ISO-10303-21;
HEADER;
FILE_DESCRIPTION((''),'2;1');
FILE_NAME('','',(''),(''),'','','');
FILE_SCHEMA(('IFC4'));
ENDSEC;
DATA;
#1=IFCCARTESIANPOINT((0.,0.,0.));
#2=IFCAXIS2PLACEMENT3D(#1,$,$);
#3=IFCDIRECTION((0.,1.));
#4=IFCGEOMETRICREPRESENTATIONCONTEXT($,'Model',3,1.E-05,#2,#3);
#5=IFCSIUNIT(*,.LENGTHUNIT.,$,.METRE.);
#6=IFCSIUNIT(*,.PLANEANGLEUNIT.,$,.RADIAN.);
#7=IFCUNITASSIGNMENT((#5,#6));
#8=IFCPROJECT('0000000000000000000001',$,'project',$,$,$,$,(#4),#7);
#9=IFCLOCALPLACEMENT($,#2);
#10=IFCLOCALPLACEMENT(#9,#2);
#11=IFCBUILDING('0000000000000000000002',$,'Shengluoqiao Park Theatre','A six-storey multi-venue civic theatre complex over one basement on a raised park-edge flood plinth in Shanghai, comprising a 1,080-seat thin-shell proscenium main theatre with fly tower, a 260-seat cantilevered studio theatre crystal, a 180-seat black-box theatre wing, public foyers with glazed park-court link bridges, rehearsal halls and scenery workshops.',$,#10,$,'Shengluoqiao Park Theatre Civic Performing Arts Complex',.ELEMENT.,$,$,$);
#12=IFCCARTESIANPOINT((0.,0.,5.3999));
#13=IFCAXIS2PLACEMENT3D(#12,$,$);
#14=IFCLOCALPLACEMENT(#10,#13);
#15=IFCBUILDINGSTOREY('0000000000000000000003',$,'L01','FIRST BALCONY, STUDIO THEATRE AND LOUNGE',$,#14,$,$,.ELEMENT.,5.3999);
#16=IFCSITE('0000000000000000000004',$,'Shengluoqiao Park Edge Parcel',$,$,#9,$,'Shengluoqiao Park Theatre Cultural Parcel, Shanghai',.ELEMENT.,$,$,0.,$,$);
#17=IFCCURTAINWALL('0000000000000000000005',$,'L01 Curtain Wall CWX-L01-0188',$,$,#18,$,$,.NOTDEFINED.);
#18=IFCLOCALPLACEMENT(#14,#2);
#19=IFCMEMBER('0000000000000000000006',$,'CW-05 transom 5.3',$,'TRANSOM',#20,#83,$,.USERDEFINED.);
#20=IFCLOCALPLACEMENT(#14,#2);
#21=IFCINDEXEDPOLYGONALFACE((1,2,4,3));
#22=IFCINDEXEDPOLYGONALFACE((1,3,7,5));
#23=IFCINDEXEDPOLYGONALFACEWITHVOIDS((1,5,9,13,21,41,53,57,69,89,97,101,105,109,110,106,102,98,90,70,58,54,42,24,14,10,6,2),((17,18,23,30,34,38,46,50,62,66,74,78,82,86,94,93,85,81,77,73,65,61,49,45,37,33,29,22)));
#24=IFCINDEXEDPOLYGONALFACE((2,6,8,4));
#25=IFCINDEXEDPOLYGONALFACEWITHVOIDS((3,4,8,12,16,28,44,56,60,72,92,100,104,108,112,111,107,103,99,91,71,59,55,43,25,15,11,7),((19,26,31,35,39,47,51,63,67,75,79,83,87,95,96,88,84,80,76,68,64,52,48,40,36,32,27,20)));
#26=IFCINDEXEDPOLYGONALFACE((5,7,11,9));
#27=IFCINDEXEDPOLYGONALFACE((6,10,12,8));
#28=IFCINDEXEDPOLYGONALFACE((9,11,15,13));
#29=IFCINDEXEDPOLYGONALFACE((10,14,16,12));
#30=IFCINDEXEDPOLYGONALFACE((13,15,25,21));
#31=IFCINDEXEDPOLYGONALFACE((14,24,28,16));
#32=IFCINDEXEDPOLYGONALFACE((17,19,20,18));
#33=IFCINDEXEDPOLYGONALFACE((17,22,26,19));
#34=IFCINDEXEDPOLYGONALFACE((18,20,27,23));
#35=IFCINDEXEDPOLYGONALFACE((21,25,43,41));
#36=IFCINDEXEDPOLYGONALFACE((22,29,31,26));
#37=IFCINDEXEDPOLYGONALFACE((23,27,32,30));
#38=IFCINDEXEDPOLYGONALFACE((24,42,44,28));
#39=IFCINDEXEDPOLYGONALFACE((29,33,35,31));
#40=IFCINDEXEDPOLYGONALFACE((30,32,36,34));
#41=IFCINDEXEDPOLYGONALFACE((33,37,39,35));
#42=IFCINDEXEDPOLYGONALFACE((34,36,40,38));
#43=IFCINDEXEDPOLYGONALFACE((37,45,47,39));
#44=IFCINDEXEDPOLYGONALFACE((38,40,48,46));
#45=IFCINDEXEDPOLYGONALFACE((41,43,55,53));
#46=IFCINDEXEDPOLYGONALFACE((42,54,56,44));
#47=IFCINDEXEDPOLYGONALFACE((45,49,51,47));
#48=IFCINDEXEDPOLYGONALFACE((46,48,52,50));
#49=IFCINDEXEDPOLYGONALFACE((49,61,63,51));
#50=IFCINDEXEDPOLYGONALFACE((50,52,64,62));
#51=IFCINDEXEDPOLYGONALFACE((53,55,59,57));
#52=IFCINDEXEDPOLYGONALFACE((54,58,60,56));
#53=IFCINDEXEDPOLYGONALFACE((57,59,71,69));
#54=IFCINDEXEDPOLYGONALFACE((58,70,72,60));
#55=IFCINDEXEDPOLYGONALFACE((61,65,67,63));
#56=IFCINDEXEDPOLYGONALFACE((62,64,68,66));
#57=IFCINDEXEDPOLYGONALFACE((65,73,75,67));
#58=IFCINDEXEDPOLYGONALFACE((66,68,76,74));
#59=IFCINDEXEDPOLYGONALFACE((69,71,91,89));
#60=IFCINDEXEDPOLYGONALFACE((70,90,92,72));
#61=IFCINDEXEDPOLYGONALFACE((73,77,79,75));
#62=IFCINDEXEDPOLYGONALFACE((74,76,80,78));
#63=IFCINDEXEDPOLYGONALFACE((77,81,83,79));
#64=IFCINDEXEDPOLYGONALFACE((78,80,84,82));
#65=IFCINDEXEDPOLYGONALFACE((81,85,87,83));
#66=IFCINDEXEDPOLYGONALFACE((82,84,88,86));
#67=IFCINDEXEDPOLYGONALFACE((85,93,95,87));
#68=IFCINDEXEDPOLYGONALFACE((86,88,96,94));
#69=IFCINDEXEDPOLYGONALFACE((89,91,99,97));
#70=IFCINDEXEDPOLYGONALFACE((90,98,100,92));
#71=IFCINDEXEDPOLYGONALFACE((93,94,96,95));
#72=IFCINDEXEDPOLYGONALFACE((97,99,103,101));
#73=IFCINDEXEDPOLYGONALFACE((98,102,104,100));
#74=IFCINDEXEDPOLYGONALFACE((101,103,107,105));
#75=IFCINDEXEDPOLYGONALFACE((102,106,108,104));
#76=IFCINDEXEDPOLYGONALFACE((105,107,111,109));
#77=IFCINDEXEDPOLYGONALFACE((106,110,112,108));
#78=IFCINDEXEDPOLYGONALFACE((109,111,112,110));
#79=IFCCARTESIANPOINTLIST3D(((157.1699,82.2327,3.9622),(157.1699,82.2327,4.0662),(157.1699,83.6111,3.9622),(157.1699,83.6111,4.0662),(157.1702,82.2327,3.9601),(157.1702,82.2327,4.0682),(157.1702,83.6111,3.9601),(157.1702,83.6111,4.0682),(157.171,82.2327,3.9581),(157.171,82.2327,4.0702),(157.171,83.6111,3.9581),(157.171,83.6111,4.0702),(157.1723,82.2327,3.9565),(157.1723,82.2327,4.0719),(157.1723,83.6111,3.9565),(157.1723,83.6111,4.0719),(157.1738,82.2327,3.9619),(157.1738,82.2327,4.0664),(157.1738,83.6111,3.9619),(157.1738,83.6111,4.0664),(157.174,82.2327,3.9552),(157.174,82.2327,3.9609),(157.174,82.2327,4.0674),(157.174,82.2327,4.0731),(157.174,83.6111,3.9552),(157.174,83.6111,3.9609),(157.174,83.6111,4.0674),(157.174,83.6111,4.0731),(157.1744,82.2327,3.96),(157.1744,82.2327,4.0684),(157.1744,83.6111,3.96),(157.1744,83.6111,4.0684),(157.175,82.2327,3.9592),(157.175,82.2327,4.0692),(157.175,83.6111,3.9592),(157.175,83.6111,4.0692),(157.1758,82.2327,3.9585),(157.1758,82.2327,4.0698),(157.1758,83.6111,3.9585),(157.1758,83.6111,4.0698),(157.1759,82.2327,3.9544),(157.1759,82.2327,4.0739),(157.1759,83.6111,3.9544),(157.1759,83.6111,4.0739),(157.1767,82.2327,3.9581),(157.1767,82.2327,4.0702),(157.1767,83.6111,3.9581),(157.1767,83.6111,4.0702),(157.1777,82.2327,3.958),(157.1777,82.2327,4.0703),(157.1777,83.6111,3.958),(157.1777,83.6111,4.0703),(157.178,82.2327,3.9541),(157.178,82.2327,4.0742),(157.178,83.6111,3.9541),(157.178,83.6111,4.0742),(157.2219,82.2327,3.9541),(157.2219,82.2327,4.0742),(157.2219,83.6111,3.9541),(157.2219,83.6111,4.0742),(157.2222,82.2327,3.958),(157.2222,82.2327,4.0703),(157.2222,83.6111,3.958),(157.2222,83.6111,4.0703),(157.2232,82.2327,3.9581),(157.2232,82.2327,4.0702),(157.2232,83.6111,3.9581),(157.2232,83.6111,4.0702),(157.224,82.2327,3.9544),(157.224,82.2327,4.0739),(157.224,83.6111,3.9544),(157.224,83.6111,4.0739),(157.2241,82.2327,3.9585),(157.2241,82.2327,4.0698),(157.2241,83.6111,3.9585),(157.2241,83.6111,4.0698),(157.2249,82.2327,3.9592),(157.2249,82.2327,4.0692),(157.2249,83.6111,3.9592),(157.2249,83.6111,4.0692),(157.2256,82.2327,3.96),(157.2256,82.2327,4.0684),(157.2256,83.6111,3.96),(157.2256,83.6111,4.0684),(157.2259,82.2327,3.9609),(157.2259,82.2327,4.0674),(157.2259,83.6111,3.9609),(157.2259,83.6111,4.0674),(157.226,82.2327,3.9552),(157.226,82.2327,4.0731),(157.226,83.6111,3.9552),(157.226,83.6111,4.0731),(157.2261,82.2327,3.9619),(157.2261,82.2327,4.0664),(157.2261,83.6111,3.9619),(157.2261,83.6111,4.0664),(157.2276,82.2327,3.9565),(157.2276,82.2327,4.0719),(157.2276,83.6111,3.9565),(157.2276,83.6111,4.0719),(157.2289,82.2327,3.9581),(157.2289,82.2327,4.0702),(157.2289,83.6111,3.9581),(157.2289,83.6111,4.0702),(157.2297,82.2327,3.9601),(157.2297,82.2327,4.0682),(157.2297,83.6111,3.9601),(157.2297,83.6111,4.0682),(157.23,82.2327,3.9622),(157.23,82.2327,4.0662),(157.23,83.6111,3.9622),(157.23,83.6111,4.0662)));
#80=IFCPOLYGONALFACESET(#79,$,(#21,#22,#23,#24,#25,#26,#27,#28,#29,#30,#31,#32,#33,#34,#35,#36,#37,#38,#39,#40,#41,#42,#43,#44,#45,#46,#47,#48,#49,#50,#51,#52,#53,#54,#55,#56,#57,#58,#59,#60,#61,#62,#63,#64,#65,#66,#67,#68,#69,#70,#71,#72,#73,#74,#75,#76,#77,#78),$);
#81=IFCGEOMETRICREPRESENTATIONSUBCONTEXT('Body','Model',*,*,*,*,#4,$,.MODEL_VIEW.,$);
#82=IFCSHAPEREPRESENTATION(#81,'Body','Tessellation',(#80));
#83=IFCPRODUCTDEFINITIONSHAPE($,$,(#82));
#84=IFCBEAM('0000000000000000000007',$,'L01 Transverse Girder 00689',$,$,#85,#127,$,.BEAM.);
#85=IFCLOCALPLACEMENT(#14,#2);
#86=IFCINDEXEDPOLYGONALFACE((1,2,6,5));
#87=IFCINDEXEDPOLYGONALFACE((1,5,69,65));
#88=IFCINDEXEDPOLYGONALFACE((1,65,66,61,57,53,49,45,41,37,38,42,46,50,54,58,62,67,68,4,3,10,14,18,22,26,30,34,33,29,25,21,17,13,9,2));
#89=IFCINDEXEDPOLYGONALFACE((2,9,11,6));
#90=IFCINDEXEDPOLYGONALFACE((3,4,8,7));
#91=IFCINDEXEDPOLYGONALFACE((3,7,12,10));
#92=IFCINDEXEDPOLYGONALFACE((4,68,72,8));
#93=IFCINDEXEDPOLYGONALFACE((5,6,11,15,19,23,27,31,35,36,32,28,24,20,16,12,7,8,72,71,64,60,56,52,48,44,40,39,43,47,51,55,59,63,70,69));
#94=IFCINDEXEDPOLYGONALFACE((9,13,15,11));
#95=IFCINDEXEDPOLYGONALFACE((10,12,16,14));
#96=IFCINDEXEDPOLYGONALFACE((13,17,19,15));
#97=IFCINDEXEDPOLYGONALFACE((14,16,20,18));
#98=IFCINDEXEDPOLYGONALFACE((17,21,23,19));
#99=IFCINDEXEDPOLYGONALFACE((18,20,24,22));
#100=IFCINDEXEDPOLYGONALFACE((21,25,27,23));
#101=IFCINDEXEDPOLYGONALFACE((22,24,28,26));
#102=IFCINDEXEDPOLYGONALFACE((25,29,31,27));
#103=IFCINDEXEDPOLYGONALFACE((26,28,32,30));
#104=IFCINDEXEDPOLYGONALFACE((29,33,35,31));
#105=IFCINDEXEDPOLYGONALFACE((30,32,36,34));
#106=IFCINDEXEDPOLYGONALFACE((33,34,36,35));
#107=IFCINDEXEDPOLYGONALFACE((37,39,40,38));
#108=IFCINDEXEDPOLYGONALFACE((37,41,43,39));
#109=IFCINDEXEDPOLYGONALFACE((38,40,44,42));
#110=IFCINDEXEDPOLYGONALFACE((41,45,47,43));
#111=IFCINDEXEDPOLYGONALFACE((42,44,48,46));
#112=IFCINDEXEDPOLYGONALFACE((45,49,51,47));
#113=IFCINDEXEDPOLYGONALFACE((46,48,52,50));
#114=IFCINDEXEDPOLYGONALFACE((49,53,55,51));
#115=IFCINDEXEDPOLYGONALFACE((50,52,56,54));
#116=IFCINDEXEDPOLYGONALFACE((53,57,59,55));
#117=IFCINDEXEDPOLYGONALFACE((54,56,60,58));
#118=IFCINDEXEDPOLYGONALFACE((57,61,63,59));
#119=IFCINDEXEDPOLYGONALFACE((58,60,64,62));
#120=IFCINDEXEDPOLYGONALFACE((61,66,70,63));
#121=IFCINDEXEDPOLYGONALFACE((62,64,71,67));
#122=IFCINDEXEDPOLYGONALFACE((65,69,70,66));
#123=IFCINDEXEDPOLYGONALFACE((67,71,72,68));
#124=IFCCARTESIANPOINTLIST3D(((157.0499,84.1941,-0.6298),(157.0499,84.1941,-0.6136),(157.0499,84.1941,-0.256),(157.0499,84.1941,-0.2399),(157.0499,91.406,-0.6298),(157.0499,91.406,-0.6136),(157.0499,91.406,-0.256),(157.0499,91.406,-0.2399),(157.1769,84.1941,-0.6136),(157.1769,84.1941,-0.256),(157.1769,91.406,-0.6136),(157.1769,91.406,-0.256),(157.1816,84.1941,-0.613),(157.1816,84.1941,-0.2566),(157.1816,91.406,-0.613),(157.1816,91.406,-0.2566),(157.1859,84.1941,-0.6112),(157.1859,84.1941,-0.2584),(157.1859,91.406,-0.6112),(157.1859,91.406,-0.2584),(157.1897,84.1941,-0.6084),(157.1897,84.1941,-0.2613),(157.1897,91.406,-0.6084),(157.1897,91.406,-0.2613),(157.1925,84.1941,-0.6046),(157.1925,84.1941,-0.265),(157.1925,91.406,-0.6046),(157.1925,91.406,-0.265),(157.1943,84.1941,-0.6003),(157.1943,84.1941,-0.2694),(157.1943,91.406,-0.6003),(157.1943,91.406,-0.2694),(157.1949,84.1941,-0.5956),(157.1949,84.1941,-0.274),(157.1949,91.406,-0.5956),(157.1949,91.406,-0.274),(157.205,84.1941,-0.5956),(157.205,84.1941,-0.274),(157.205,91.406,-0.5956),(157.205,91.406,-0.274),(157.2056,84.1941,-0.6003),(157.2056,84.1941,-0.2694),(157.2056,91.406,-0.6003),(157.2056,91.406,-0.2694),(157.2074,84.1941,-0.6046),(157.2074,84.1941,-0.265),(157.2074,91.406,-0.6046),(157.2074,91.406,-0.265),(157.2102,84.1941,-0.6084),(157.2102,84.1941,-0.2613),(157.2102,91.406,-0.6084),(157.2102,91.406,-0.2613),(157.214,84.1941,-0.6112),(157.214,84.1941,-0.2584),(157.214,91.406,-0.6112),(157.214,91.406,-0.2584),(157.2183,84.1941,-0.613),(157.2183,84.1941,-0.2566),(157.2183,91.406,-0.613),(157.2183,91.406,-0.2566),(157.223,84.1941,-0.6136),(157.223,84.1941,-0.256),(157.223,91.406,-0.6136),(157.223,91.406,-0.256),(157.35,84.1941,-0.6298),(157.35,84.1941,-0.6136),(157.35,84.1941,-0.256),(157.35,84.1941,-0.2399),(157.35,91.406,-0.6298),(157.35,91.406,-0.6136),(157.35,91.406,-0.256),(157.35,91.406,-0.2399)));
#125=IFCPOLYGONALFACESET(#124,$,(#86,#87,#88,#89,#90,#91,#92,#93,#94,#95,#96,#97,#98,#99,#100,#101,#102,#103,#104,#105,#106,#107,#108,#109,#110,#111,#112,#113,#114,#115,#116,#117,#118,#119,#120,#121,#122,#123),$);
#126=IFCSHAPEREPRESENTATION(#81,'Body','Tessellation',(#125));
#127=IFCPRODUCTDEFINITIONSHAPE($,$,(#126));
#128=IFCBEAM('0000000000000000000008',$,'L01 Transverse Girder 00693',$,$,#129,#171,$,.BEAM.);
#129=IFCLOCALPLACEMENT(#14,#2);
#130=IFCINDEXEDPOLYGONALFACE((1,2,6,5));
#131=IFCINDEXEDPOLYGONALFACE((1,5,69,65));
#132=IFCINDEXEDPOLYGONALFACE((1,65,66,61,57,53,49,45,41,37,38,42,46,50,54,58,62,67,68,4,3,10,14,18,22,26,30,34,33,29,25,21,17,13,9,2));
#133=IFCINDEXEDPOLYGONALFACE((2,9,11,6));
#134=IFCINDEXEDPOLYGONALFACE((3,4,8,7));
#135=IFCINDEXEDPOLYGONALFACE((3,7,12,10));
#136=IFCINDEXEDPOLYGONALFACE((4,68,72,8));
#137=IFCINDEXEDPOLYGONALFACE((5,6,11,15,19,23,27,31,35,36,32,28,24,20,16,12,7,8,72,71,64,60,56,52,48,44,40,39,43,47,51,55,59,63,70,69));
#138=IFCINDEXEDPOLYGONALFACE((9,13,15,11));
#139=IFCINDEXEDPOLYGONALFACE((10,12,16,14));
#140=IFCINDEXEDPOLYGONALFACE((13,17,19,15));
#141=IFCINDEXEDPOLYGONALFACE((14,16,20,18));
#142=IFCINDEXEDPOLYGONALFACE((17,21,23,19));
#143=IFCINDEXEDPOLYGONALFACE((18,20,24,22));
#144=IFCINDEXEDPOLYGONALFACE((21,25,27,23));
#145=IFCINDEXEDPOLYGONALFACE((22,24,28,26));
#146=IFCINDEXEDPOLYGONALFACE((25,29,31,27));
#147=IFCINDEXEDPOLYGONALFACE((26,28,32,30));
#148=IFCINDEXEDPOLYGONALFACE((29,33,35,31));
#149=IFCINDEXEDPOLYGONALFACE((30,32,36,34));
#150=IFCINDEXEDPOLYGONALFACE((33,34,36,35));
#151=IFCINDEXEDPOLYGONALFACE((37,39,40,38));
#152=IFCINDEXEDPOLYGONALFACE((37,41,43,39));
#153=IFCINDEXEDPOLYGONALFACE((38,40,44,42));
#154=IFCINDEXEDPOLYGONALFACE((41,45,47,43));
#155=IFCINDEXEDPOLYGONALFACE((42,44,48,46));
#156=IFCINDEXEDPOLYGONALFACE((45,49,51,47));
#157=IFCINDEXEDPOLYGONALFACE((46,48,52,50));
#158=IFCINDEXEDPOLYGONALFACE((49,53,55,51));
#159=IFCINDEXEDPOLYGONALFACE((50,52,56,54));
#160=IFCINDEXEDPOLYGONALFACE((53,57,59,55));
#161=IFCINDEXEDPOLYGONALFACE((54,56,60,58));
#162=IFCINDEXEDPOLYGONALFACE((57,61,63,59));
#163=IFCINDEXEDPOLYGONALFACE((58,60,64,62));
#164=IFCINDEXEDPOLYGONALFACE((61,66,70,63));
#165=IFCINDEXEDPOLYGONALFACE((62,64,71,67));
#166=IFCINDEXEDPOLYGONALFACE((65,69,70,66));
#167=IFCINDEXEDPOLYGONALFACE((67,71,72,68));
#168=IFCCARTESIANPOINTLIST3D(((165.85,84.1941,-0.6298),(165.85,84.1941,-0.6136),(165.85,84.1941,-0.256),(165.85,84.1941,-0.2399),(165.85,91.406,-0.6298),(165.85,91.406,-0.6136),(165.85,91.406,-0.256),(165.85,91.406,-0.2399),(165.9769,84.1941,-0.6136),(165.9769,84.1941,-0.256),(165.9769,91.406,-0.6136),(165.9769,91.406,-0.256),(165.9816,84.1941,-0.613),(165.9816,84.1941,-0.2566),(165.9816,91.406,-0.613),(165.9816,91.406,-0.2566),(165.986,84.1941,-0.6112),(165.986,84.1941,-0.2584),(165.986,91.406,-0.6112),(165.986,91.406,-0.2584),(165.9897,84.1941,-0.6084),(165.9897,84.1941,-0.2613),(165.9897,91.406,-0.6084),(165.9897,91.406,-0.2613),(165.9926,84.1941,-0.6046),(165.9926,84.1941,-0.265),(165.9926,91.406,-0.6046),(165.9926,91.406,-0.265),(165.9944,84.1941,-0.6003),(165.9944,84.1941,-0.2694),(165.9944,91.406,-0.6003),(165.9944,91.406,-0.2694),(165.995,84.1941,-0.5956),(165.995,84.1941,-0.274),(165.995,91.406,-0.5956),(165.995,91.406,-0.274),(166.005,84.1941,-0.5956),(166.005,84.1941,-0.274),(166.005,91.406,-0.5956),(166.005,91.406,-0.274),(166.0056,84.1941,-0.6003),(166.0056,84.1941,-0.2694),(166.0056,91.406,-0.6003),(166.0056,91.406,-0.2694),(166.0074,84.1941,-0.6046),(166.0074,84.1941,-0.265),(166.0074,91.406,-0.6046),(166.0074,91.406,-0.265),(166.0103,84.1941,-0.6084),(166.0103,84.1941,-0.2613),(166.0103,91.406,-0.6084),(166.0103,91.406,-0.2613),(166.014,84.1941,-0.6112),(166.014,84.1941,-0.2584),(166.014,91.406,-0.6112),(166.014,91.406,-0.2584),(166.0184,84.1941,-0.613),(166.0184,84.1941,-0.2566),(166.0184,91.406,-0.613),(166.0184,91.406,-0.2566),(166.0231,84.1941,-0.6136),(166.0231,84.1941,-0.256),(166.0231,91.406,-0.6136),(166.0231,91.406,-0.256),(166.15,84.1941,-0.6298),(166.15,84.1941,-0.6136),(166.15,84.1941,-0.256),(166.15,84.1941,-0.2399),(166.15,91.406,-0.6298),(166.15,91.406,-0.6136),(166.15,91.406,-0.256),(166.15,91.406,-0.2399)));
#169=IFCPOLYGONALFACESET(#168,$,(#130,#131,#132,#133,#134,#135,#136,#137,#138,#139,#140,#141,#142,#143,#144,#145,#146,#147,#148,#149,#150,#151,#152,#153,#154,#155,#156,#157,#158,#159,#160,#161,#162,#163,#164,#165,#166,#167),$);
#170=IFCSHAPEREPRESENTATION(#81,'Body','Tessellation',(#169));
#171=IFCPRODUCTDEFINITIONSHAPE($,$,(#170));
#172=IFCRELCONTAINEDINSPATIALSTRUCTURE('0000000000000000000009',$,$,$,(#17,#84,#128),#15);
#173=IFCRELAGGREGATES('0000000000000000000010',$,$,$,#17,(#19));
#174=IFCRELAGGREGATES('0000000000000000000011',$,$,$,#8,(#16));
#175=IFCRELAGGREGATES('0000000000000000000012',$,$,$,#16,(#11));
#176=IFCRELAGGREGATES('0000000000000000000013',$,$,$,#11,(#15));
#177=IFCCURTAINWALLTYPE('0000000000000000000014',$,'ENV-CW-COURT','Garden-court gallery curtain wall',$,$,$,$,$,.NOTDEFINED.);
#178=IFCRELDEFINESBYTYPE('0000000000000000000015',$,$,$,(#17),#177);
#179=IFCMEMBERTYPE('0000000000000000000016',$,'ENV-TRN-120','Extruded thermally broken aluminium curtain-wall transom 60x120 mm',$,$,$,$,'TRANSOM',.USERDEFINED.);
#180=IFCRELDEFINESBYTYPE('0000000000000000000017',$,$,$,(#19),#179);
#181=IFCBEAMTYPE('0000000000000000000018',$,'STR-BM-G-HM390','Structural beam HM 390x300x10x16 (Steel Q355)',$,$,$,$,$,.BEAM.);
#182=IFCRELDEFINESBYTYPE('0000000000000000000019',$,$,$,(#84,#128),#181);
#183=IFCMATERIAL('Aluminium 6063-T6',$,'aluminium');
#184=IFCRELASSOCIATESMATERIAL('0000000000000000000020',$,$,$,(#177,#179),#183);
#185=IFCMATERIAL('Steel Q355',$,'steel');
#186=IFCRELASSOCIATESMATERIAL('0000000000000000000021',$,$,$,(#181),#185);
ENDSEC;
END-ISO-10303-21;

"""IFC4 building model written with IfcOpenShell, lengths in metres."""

from ifc_helpers import new_model, si_unit, direction, frame, origin, origin_2d, place, context, subcontext, project, spatial, hollow_rectangle, i_section, extrude, material, material_profile, profile_set, type_object, element, aggregate, save


model = new_model("IFC4")

# Units and contexts
model_context = context("Model", 3, precision=1e-05, world=origin(), true_north=direction((0.0, 1.0)))
body_context = subcontext(model_context, "Body", "Model", "MODEL_VIEW")
ifc_project = project(units=[si_unit("LENGTHUNIT", "METRE"), si_unit("PLANEANGLEUNIT", "RADIAN")], contexts=[model_context])

# Site, building, storey
site_placement = place(None, origin())
site = spatial("IfcSite", under=ifc_project, at=site_placement, Name="Shengluoqiao Park Edge Parcel", LongName="Shengluoqiao Park Theatre Cultural Parcel, Shanghai", CompositionType="ELEMENT", RefElevation=0.0)
building_placement = place(site_placement, origin())
building = spatial("IfcBuilding", under=site, at=building_placement, Name="Shengluoqiao Park Theatre", Description="A six-storey multi-venue civic theatre complex over one basement on a raised park-edge flood plinth in Shanghai, comprising a 1,080-seat thin-shell proscenium main theatre with fly tower, a 260-seat cantilevered studio theatre crystal, a 180-seat black-box theatre wing, public foyers with glazed park-court link bridges, rehearsal halls and scenery workshops.", LongName="Shengluoqiao Park Theatre Civic Performing Arts Complex", CompositionType="ELEMENT")
storey_placement = place(building_placement, frame((0.0, 0.0, 5.3999)))
storey = spatial("IfcBuildingStorey", under=building, at=storey_placement, Name="L01", Description="FIRST BALCONY, STUDIO THEATRE AND LOUNGE", CompositionType="ELEMENT", Elevation=5.3999)

# Curtain wall, member
ifc_material_1 = material(Name="Aluminium 6063-T6", Category="aluminium")
curtain_wall_type = type_object("IfcCurtainWallType", Name="ENV-CW-COURT", Description="Garden-court gallery curtain wall", PredefinedType="NOTDEFINED", material=ifc_material_1)
curtain_wall_placement = place(storey_placement, origin())
curtain_wall = element("IfcCurtainWall", 1, at=curtain_wall_placement, inside=storey, type_object=curtain_wall_type, Name="L01 Curtain Wall CWX-L01-0188", PredefinedType="NOTDEFINED")
ifc_material_profile_1 = material_profile(ifc_material_1, hollow_rectangle(XDim=0.0601, YDim=0.1201, WallThickness=0.0039, InnerFilletRadius=0.0039, OuterFilletRadius=0.0081, at=origin_2d()), Name="ALU TRANSOM 120x60x4")
ifc_profile_set_1 = profile_set([ifc_material_profile_1], Name="Aluminium 6063-T6")
member_type_1 = type_object("IfcMemberType", Name="ENV-TRN-120", Description="Extruded thermally broken aluminium curtain-wall transom 60x120 mm", ElementType="TRANSOM", PredefinedType="USERDEFINED", material=ifc_profile_set_1)
member_1_placement = place(storey_placement, frame((157.2, 82.2327, 4.0142), z_axis=(0.0, 1.0, 0.0), x_axis=(-1.0, 0.0, 0.0)))
member_1 = element("IfcMember", 2, at=member_1_placement, type_object=member_type_1, Name="CW-05 transom 5.3", ObjectType="TRANSOM", PredefinedType="USERDEFINED", context=body_context, shape_type="SweptSolid", body=[
    extrude(hollow_rectangle(XDim=0.0601, YDim=0.1201, WallThickness=0.0039, InnerFilletRadius=0.0039, OuterFilletRadius=0.0081, at=origin_2d()), origin(), (0.0, 0.0, 1.0), 1.3784),
])

# Beams
ifc_material_2 = material(Name="Steel Q355", Category="steel")
ifc_material_profile_2 = material_profile(ifc_material_2, i_section(OverallWidth=0.3, OverallDepth=0.3899, WebThickness=0.01, FlangeThickness=0.0161, FilletRadius=0.0181, at=origin_2d()), Name="HM 390x300x10x16")
ifc_profile_set_2 = profile_set([ifc_material_profile_2], Name="Steel Q355")
beam_type_1 = type_object("IfcBeamType", Name="STR-BM-G-HM390", Description="Structural beam HM 390x300x10x16 (Steel Q355)", PredefinedType="BEAM", material=ifc_profile_set_2)
for number, where, z_axis, x_axis, name in (
    (3, (157.2, 84.1941, -0.4348), (0.0, 1.0, 0.0), (-1.0, 0.0, 0.0), "L01 Transverse Girder 00689"),
    (4, (166.0, 84.1941, -0.4348), (0.0, 1.0, 0.0), (-1.0, 0.0, 0.0), "L01 Transverse Girder 00693"),
):
    element("IfcBeam", number, at=place(storey_placement, frame(where, z_axis=z_axis, x_axis=x_axis)), inside=storey, type_object=beam_type_1, Name=name, PredefinedType="BEAM", context=body_context, shape_type="SweptSolid", body=[
        extrude(i_section(OverallWidth=0.3, OverallDepth=0.3899, WebThickness=0.01, FlangeThickness=0.0161, FilletRadius=0.0181, at=origin_2d()), origin(), (0.0, 0.0, 1.0), 7.2119),
    ])

aggregate(curtain_wall, [member_1])

save(model, "model.ifc")
